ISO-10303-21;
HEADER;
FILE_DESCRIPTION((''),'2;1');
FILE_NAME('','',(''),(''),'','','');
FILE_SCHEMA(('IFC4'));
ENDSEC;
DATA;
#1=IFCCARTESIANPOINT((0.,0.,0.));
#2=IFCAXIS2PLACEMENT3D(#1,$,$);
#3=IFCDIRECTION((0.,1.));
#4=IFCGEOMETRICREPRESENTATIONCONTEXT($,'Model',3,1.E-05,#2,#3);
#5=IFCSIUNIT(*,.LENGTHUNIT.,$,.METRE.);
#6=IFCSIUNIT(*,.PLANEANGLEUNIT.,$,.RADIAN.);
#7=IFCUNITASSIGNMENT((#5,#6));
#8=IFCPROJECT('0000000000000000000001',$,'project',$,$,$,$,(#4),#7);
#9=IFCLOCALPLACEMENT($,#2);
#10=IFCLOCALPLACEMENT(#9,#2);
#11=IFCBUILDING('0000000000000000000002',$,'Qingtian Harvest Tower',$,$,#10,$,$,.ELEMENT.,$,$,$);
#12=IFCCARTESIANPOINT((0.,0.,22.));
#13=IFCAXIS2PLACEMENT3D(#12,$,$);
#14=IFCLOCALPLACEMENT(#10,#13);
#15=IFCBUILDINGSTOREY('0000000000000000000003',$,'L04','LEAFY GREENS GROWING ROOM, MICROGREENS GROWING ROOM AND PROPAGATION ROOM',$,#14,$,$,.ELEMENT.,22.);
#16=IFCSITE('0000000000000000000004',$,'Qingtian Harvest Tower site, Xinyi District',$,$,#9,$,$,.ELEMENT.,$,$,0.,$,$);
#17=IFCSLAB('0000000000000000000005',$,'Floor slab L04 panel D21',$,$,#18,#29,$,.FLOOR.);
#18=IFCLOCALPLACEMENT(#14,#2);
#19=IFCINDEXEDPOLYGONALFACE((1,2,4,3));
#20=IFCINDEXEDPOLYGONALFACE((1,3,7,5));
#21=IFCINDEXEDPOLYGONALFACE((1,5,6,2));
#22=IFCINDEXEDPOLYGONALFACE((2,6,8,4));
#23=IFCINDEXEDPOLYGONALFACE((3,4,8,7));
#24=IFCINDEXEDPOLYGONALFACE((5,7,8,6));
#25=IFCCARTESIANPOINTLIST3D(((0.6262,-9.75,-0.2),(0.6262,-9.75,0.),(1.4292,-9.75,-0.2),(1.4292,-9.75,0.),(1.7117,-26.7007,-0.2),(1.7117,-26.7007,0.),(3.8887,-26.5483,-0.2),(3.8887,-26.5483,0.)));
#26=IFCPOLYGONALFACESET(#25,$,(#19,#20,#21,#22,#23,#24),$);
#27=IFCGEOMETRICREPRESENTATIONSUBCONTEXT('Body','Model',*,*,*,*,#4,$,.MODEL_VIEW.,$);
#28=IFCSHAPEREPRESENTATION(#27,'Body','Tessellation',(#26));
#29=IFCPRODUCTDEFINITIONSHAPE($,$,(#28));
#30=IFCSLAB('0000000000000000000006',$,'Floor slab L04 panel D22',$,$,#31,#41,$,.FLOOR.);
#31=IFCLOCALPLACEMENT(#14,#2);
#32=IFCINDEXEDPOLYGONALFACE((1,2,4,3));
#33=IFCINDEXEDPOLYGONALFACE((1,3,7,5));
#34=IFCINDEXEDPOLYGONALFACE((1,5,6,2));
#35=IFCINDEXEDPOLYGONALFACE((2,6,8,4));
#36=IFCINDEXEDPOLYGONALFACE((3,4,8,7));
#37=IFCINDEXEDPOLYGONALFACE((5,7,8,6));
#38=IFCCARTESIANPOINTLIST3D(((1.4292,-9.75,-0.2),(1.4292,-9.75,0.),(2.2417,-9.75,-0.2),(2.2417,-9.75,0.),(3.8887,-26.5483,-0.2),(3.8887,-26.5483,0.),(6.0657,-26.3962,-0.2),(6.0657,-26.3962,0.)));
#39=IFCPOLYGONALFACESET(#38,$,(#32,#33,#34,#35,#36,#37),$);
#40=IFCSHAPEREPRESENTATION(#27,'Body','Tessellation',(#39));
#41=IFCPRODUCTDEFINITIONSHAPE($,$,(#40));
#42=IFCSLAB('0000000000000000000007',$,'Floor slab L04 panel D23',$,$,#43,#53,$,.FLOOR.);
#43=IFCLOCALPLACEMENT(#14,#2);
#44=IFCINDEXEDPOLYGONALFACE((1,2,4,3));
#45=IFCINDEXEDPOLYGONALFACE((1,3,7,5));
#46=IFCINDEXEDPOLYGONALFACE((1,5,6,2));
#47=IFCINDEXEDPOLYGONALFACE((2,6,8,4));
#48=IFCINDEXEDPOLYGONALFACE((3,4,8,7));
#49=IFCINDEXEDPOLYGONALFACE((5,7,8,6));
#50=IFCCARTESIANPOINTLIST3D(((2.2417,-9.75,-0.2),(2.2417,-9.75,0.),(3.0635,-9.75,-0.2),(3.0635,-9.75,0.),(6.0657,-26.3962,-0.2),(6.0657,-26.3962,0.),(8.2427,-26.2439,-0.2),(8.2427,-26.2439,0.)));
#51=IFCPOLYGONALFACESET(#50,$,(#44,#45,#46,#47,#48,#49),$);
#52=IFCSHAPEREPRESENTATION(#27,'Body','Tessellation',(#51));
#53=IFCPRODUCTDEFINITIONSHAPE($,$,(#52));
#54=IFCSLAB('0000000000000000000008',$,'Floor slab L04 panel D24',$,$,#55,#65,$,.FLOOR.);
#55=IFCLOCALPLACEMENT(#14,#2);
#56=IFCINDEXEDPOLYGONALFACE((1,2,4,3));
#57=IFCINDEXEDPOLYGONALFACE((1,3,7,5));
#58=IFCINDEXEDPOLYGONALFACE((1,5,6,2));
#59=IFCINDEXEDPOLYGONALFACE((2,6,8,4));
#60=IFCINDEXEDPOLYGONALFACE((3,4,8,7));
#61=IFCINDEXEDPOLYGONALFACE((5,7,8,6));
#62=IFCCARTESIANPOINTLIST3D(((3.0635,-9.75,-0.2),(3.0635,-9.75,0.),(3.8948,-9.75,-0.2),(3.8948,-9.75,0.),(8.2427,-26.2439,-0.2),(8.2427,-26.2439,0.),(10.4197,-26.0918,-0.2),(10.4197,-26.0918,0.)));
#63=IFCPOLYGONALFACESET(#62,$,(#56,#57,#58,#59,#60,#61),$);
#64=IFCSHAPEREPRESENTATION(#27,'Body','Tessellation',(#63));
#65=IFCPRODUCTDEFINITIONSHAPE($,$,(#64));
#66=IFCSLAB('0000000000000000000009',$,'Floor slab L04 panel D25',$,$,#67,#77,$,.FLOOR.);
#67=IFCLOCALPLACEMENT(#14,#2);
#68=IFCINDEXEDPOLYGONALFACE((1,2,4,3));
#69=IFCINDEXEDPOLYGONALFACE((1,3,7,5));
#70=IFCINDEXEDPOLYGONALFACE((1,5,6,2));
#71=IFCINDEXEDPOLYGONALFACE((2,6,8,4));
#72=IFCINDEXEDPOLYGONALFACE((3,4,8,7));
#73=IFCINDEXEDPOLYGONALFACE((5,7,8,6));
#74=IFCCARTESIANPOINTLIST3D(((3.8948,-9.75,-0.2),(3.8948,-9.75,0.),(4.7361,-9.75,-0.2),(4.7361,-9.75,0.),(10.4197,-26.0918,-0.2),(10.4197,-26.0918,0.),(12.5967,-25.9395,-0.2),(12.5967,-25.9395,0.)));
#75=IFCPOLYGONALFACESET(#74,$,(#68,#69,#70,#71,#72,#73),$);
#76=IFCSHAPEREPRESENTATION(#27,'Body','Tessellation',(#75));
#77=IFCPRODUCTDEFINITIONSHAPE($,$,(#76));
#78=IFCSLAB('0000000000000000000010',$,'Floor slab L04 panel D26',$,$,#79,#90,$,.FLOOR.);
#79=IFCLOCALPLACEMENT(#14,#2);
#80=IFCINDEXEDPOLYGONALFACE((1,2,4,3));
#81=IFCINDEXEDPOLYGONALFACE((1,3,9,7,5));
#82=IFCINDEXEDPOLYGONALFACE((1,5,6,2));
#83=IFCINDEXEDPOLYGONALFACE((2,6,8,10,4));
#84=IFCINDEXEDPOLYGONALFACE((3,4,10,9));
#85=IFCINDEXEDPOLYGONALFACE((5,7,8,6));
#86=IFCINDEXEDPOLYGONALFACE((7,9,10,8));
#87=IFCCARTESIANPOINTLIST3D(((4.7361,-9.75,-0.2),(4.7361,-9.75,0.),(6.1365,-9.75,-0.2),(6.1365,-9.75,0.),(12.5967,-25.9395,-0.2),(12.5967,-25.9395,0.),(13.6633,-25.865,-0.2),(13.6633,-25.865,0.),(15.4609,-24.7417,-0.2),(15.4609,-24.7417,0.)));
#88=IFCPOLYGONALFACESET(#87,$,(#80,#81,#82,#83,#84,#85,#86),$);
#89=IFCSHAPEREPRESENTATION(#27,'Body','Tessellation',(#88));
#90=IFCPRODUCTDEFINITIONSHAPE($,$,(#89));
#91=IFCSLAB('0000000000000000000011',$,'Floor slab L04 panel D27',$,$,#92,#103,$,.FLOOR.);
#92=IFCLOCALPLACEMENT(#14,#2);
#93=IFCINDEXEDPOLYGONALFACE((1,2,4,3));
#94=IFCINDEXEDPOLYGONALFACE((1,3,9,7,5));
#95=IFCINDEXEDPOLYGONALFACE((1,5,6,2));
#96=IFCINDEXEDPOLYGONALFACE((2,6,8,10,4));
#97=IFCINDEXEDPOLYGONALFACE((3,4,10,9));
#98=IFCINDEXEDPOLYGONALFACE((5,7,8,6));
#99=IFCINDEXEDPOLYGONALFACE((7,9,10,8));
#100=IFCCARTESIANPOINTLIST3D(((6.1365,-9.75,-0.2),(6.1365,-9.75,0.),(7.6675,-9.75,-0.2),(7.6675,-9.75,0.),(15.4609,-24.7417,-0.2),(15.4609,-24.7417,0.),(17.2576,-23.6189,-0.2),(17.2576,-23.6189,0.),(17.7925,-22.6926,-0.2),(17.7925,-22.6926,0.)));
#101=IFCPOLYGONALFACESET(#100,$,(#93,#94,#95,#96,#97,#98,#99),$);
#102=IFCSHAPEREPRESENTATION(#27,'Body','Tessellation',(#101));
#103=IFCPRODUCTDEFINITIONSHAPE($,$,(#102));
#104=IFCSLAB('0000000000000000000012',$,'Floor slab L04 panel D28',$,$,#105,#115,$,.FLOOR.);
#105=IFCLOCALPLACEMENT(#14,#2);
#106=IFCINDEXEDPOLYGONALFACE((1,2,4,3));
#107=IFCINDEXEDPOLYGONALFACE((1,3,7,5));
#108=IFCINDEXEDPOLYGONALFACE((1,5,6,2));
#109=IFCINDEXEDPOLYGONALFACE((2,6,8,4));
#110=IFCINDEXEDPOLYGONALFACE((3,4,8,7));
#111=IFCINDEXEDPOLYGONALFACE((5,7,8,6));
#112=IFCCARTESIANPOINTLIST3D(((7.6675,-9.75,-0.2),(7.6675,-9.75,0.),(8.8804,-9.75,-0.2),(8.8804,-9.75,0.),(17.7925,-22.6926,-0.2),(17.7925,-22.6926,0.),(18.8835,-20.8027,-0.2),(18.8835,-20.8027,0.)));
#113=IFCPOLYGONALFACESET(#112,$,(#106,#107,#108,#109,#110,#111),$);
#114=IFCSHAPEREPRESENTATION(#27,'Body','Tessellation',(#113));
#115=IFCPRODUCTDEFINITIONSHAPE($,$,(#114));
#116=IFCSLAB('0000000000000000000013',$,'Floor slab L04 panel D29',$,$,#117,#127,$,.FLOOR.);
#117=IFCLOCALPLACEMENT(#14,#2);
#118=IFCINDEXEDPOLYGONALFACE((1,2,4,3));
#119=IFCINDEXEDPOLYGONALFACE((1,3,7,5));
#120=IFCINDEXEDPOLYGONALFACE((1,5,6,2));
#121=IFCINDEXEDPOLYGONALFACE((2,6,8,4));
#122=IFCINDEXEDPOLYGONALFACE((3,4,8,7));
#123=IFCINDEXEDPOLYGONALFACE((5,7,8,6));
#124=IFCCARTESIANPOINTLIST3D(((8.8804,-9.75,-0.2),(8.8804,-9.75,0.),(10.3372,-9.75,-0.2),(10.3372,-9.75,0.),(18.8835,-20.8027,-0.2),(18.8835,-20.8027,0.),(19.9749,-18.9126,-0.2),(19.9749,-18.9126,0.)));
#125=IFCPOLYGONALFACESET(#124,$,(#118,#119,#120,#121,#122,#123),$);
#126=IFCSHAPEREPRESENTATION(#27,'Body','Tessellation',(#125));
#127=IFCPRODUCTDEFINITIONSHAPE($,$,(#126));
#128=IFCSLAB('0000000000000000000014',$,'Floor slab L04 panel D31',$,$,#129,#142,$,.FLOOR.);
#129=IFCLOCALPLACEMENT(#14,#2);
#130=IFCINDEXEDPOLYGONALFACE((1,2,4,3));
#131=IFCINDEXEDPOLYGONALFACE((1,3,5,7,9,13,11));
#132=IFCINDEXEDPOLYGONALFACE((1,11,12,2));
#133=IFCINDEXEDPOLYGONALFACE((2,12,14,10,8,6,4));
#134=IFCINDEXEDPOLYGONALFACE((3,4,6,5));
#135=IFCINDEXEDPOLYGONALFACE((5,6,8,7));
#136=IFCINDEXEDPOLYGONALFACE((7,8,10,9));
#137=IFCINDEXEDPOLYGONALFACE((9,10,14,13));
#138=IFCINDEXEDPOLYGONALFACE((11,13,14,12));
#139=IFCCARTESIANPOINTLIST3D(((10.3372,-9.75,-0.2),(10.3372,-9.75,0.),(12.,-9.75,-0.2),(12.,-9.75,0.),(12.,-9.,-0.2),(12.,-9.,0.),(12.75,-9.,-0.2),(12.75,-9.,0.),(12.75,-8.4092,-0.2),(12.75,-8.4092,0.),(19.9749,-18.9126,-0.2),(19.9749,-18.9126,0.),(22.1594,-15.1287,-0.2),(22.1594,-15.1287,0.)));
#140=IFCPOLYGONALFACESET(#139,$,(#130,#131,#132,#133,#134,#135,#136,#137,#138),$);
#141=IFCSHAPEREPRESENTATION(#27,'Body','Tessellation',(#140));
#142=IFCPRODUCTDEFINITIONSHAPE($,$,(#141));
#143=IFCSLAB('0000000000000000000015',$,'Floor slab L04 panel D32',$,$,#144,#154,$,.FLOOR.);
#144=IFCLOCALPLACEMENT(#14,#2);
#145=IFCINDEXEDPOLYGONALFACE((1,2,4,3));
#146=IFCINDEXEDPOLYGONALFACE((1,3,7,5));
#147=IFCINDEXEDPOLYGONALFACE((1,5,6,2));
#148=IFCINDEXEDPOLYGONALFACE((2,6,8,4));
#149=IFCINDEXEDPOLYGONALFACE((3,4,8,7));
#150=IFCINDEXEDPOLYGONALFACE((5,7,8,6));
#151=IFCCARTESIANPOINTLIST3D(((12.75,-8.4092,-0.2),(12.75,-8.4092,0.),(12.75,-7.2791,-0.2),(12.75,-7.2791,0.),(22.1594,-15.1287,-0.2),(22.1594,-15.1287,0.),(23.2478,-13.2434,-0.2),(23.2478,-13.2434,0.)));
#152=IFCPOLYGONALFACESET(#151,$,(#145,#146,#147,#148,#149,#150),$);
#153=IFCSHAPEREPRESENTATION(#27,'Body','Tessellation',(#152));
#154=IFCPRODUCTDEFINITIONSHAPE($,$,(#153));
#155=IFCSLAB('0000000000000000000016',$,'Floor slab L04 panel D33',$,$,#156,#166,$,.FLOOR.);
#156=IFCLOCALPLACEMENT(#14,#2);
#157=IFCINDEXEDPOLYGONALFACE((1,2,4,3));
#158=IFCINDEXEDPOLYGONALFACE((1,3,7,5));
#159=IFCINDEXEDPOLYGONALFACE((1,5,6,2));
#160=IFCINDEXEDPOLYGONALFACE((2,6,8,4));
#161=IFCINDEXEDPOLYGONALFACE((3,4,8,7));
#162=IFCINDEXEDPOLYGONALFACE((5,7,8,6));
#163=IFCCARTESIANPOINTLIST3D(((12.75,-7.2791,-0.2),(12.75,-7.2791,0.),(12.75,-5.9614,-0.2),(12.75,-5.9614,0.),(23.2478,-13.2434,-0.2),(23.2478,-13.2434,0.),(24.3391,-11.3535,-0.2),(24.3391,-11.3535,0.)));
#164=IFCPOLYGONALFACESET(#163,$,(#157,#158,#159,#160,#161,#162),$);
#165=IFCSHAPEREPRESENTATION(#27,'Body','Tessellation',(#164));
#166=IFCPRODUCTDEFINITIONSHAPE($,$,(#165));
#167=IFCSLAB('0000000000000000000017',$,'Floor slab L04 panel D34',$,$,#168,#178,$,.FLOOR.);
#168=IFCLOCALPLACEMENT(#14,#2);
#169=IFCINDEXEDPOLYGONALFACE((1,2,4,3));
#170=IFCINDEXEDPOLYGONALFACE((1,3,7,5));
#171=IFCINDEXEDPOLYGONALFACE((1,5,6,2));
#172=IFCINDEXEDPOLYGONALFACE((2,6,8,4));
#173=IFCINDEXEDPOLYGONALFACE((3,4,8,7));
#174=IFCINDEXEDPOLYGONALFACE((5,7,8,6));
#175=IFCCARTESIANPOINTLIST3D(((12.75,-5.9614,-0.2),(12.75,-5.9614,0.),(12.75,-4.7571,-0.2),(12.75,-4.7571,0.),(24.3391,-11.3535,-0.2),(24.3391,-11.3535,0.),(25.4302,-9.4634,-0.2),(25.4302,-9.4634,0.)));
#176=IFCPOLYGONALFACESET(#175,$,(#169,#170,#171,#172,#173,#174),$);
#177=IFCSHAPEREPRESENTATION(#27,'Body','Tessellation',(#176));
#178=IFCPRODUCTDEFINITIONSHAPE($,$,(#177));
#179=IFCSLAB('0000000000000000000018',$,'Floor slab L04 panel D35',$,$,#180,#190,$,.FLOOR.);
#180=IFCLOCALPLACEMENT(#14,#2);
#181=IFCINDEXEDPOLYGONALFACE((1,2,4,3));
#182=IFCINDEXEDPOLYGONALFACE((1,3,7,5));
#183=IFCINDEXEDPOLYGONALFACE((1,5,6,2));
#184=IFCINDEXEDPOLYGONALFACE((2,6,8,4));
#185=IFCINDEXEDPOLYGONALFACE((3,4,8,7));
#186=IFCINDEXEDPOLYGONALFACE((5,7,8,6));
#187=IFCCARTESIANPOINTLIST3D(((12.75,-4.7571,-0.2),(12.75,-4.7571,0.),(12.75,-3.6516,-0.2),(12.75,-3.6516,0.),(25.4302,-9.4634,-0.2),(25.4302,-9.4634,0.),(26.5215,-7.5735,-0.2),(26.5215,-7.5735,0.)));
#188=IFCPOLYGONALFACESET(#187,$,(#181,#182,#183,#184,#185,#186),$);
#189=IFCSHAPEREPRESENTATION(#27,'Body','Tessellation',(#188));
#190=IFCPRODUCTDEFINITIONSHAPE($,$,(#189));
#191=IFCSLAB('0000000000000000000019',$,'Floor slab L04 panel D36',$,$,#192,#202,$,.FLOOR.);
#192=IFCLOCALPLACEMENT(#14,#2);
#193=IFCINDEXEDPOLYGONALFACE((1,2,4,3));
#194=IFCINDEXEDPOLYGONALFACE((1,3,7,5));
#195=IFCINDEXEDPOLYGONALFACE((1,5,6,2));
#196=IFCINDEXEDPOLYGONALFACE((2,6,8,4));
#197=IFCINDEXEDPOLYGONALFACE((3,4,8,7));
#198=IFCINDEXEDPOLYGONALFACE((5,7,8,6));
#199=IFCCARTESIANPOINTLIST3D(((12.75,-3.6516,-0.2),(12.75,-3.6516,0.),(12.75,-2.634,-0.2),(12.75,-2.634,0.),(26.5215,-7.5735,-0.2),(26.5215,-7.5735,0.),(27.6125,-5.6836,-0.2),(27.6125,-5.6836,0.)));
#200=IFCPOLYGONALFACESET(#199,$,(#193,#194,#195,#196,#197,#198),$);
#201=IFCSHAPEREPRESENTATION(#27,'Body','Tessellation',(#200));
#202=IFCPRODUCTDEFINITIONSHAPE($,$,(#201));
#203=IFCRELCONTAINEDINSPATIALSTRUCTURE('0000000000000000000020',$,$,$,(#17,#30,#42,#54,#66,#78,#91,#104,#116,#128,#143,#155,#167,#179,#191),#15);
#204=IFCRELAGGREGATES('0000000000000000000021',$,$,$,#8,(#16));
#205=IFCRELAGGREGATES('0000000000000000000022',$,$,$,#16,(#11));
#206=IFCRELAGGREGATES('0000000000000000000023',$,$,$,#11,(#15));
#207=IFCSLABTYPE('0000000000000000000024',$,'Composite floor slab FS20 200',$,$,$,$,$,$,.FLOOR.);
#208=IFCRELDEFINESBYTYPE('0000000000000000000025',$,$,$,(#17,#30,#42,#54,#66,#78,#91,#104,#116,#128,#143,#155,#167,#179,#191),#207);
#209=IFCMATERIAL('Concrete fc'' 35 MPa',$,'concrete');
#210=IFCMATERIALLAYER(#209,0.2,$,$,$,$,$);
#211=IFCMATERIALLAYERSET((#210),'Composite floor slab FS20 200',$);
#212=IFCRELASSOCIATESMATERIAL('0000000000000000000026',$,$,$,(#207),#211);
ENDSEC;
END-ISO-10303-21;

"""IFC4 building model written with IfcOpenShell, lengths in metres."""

from ifc_helpers import new_model, si_unit, direction, frame, origin, place, context, subcontext, project, spatial, polyline, outline, extrude, material, layer, layer_set, type_object, element, save


model = new_model("IFC4")

# Units and contexts
model_context = context("Model", 3, precision=1e-05, world=origin(), true_north=direction((0.0, 1.0)))
body_context = subcontext(model_context, "Body", "Model", "MODEL_VIEW")
ifc_project = project(units=[si_unit("LENGTHUNIT", "METRE"), si_unit("PLANEANGLEUNIT", "RADIAN")], contexts=[model_context])

# Site, building, storey
site_placement = place(None, origin())
site = spatial("IfcSite", under=ifc_project, at=site_placement, Name="Qingtian Harvest Tower site, Xinyi District", CompositionType="ELEMENT", RefElevation=0.0)
building_placement = place(site_placement, origin())
building = spatial("IfcBuilding", under=site, at=building_placement, Name="Qingtian Harvest Tower", CompositionType="ELEMENT")
storey_placement = place(building_placement, frame((0.0, 0.0, 22.0)))
storey = spatial("IfcBuildingStorey", under=building, at=storey_placement, Name="L04", Description="LEAFY GREENS GROWING ROOM, MICROGREENS GROWING ROOM AND PROPAGATION ROOM", CompositionType="ELEMENT", Elevation=22.0)

# Slabs
ifc_material = material(Name="Concrete fc' 35 MPa", Category="concrete")
ifc_layer = layer(ifc_material, 0.2)
ifc_layer_set = layer_set([ifc_layer], Name="Composite floor slab FS20 200")
slab_type = type_object("IfcSlabType", Name="Composite floor slab FS20 200", PredefinedType="FLOOR", material=ifc_layer_set)
slab_1_placement = place(storey_placement, frame((0.0, 0.0, -0.2)))
element("IfcSlab", 1, at=slab_1_placement, inside=storey, type_object=slab_type, Name="Floor slab L04 panel D21", PredefinedType="FLOOR", context=body_context, shape_type="SweptSolid", body=[
    extrude(outline(polyline([(1.4292, -9.75), (3.8887, -26.5483), (1.7117, -26.7007), (0.6262, -9.75), (1.4292, -9.75)])), origin(), (0.0, 0.0, 1.0), 0.2),
])
slab_2_placement = place(storey_placement, frame((0.0, 0.0, -0.2)))
element("IfcSlab", 2, at=slab_2_placement, inside=storey, type_object=slab_type, Name="Floor slab L04 panel D22", PredefinedType="FLOOR", context=body_context, shape_type="SweptSolid", body=[
    extrude(outline(polyline([(2.2417, -9.75), (6.0657, -26.3962), (3.8887, -26.5483), (1.4292, -9.75), (2.2417, -9.75)])), origin(), (0.0, 0.0, 1.0), 0.2),
])
slab_3_placement = place(storey_placement, frame((0.0, 0.0, -0.2)))
element("IfcSlab", 3, at=slab_3_placement, inside=storey, type_object=slab_type, Name="Floor slab L04 panel D23", PredefinedType="FLOOR", context=body_context, shape_type="SweptSolid", body=[
    extrude(outline(polyline([(3.0635, -9.75), (8.2427, -26.2439), (6.0657, -26.3962), (2.2417, -9.75), (3.0635, -9.75)])), origin(), (0.0, 0.0, 1.0), 0.2),
])
slab_4_placement = place(storey_placement, frame((0.0, 0.0, -0.2)))
element("IfcSlab", 4, at=slab_4_placement, inside=storey, type_object=slab_type, Name="Floor slab L04 panel D24", PredefinedType="FLOOR", context=body_context, shape_type="SweptSolid", body=[
    extrude(outline(polyline([(3.8948, -9.75), (10.4197, -26.0918), (8.2427, -26.2439), (3.0635, -9.75), (3.8948, -9.75)])), origin(), (0.0, 0.0, 1.0), 0.2),
])
slab_5_placement = place(storey_placement, frame((0.0, 0.0, -0.2)))
element("IfcSlab", 5, at=slab_5_placement, inside=storey, type_object=slab_type, Name="Floor slab L04 panel D25", PredefinedType="FLOOR", context=body_context, shape_type="SweptSolid", body=[
    extrude(outline(polyline([(4.7361, -9.75), (12.5967, -25.9395), (10.4197, -26.0918), (3.8948, -9.75), (4.7361, -9.75)])), origin(), (0.0, 0.0, 1.0), 0.2),
])
slab_6_placement = place(storey_placement, frame((0.0, 0.0, -0.2)))
element("IfcSlab", 6, at=slab_6_placement, inside=storey, type_object=slab_type, Name="Floor slab L04 panel D26", PredefinedType="FLOOR", context=body_context, shape_type="SweptSolid", body=[
    extrude(outline(polyline([(4.7361, -9.75), (6.1365, -9.75), (15.4609, -24.7417), (13.6633, -25.865), (12.5967, -25.9395), (4.7361, -9.75)])), origin(), (0.0, 0.0, 1.0), 0.2),
])
slab_7_placement = place(storey_placement, frame((0.0, 0.0, -0.2)))
element("IfcSlab", 7, at=slab_7_placement, inside=storey, type_object=slab_type, Name="Floor slab L04 panel D27", PredefinedType="FLOOR", context=body_context, shape_type="SweptSolid", body=[
    extrude(outline(polyline([(6.1365, -9.75), (7.6675, -9.75), (17.7925, -22.6926), (17.2576, -23.6189), (15.4609, -24.7417), (6.1365, -9.75)])), origin(), (0.0, 0.0, 1.0), 0.2),
])
slab_8_placement = place(storey_placement, frame((0.0, 0.0, -0.2)))
element("IfcSlab", 8, at=slab_8_placement, inside=storey, type_object=slab_type, Name="Floor slab L04 panel D28", PredefinedType="FLOOR", context=body_context, shape_type="SweptSolid", body=[
    extrude(outline(polyline([(8.8804, -9.75), (18.8835, -20.8027), (17.7925, -22.6926), (7.6675, -9.75), (8.8804, -9.75)])), origin(), (0.0, 0.0, 1.0), 0.2),
])
slab_9_placement = place(storey_placement, frame((0.0, 0.0, -0.2)))
element("IfcSlab", 9, at=slab_9_placement, inside=storey, type_object=slab_type, Name="Floor slab L04 panel D29", PredefinedType="FLOOR", context=body_context, shape_type="SweptSolid", body=[
    extrude(outline(polyline([(10.3372, -9.75), (19.9749, -18.9126), (18.8835, -20.8027), (8.8804, -9.75), (10.3372, -9.75)])), origin(), (0.0, 0.0, 1.0), 0.2),
])
slab_10_placement = place(storey_placement, frame((0.0, 0.0, -0.2)))
element("IfcSlab", 10, at=slab_10_placement, inside=storey, type_object=slab_type, Name="Floor slab L04 panel D31", PredefinedType="FLOOR", context=body_context, shape_type="SweptSolid", body=[
    extrude(outline(polyline([(12.75, -8.4092), (22.1594, -15.1287), (19.9749, -18.9126), (10.3372, -9.75), (12.0, -9.75), (12.0, -9.0), (12.75, -9.0), (12.75, -8.4092)])), origin(), (0.0, 0.0, 1.0), 0.2),
])
slab_11_placement = place(storey_placement, frame((0.0, 0.0, -0.2)))
element("IfcSlab", 11, at=slab_11_placement, inside=storey, type_object=slab_type, Name="Floor slab L04 panel D32", PredefinedType="FLOOR", context=body_context, shape_type="SweptSolid", body=[
    extrude(outline(polyline([(12.75, -7.2791), (23.2478, -13.2434), (22.1594, -15.1287), (12.75, -8.4092), (12.75, -7.2791)])), origin(), (0.0, 0.0, 1.0), 0.2),
])
slab_12_placement = place(storey_placement, frame((0.0, 0.0, -0.2)))
element("IfcSlab", 12, at=slab_12_placement, inside=storey, type_object=slab_type, Name="Floor slab L04 panel D33", PredefinedType="FLOOR", context=body_context, shape_type="SweptSolid", body=[
    extrude(outline(polyline([(12.75, -5.9614), (24.3391, -11.3535), (23.2478, -13.2434), (12.75, -7.2791), (12.75, -5.9614)])), origin(), (0.0, 0.0, 1.0), 0.2),
])
slab_13_placement = place(storey_placement, frame((0.0, 0.0, -0.2)))
element("IfcSlab", 13, at=slab_13_placement, inside=storey, type_object=slab_type, Name="Floor slab L04 panel D34", PredefinedType="FLOOR", context=body_context, shape_type="SweptSolid", body=[
    extrude(outline(polyline([(12.75, -4.7571), (25.4302, -9.4634), (24.3391, -11.3535), (12.75, -5.9614), (12.75, -4.7571)])), origin(), (0.0, 0.0, 1.0), 0.2),
])
slab_14_placement = place(storey_placement, frame((0.0, 0.0, -0.2)))
element("IfcSlab", 14, at=slab_14_placement, inside=storey, type_object=slab_type, Name="Floor slab L04 panel D35", PredefinedType="FLOOR", context=body_context, shape_type="SweptSolid", body=[
    extrude(outline(polyline([(12.75, -3.6516), (26.5215, -7.5735), (25.4302, -9.4634), (12.75, -4.7571), (12.75, -3.6516)])), origin(), (0.0, 0.0, 1.0), 0.2),
])
slab_15_placement = place(storey_placement, frame((0.0, 0.0, -0.2)))
element("IfcSlab", 15, at=slab_15_placement, inside=storey, type_object=slab_type, Name="Floor slab L04 panel D36", PredefinedType="FLOOR", context=body_context, shape_type="SweptSolid", body=[
    extrude(outline(polyline([(12.75, -2.634), (27.6125, -5.6836), (26.5215, -7.5735), (12.75, -3.6516), (12.75, -2.634)])), origin(), (0.0, 0.0, 1.0), 0.2),
])

save(model, "model.ifc")
